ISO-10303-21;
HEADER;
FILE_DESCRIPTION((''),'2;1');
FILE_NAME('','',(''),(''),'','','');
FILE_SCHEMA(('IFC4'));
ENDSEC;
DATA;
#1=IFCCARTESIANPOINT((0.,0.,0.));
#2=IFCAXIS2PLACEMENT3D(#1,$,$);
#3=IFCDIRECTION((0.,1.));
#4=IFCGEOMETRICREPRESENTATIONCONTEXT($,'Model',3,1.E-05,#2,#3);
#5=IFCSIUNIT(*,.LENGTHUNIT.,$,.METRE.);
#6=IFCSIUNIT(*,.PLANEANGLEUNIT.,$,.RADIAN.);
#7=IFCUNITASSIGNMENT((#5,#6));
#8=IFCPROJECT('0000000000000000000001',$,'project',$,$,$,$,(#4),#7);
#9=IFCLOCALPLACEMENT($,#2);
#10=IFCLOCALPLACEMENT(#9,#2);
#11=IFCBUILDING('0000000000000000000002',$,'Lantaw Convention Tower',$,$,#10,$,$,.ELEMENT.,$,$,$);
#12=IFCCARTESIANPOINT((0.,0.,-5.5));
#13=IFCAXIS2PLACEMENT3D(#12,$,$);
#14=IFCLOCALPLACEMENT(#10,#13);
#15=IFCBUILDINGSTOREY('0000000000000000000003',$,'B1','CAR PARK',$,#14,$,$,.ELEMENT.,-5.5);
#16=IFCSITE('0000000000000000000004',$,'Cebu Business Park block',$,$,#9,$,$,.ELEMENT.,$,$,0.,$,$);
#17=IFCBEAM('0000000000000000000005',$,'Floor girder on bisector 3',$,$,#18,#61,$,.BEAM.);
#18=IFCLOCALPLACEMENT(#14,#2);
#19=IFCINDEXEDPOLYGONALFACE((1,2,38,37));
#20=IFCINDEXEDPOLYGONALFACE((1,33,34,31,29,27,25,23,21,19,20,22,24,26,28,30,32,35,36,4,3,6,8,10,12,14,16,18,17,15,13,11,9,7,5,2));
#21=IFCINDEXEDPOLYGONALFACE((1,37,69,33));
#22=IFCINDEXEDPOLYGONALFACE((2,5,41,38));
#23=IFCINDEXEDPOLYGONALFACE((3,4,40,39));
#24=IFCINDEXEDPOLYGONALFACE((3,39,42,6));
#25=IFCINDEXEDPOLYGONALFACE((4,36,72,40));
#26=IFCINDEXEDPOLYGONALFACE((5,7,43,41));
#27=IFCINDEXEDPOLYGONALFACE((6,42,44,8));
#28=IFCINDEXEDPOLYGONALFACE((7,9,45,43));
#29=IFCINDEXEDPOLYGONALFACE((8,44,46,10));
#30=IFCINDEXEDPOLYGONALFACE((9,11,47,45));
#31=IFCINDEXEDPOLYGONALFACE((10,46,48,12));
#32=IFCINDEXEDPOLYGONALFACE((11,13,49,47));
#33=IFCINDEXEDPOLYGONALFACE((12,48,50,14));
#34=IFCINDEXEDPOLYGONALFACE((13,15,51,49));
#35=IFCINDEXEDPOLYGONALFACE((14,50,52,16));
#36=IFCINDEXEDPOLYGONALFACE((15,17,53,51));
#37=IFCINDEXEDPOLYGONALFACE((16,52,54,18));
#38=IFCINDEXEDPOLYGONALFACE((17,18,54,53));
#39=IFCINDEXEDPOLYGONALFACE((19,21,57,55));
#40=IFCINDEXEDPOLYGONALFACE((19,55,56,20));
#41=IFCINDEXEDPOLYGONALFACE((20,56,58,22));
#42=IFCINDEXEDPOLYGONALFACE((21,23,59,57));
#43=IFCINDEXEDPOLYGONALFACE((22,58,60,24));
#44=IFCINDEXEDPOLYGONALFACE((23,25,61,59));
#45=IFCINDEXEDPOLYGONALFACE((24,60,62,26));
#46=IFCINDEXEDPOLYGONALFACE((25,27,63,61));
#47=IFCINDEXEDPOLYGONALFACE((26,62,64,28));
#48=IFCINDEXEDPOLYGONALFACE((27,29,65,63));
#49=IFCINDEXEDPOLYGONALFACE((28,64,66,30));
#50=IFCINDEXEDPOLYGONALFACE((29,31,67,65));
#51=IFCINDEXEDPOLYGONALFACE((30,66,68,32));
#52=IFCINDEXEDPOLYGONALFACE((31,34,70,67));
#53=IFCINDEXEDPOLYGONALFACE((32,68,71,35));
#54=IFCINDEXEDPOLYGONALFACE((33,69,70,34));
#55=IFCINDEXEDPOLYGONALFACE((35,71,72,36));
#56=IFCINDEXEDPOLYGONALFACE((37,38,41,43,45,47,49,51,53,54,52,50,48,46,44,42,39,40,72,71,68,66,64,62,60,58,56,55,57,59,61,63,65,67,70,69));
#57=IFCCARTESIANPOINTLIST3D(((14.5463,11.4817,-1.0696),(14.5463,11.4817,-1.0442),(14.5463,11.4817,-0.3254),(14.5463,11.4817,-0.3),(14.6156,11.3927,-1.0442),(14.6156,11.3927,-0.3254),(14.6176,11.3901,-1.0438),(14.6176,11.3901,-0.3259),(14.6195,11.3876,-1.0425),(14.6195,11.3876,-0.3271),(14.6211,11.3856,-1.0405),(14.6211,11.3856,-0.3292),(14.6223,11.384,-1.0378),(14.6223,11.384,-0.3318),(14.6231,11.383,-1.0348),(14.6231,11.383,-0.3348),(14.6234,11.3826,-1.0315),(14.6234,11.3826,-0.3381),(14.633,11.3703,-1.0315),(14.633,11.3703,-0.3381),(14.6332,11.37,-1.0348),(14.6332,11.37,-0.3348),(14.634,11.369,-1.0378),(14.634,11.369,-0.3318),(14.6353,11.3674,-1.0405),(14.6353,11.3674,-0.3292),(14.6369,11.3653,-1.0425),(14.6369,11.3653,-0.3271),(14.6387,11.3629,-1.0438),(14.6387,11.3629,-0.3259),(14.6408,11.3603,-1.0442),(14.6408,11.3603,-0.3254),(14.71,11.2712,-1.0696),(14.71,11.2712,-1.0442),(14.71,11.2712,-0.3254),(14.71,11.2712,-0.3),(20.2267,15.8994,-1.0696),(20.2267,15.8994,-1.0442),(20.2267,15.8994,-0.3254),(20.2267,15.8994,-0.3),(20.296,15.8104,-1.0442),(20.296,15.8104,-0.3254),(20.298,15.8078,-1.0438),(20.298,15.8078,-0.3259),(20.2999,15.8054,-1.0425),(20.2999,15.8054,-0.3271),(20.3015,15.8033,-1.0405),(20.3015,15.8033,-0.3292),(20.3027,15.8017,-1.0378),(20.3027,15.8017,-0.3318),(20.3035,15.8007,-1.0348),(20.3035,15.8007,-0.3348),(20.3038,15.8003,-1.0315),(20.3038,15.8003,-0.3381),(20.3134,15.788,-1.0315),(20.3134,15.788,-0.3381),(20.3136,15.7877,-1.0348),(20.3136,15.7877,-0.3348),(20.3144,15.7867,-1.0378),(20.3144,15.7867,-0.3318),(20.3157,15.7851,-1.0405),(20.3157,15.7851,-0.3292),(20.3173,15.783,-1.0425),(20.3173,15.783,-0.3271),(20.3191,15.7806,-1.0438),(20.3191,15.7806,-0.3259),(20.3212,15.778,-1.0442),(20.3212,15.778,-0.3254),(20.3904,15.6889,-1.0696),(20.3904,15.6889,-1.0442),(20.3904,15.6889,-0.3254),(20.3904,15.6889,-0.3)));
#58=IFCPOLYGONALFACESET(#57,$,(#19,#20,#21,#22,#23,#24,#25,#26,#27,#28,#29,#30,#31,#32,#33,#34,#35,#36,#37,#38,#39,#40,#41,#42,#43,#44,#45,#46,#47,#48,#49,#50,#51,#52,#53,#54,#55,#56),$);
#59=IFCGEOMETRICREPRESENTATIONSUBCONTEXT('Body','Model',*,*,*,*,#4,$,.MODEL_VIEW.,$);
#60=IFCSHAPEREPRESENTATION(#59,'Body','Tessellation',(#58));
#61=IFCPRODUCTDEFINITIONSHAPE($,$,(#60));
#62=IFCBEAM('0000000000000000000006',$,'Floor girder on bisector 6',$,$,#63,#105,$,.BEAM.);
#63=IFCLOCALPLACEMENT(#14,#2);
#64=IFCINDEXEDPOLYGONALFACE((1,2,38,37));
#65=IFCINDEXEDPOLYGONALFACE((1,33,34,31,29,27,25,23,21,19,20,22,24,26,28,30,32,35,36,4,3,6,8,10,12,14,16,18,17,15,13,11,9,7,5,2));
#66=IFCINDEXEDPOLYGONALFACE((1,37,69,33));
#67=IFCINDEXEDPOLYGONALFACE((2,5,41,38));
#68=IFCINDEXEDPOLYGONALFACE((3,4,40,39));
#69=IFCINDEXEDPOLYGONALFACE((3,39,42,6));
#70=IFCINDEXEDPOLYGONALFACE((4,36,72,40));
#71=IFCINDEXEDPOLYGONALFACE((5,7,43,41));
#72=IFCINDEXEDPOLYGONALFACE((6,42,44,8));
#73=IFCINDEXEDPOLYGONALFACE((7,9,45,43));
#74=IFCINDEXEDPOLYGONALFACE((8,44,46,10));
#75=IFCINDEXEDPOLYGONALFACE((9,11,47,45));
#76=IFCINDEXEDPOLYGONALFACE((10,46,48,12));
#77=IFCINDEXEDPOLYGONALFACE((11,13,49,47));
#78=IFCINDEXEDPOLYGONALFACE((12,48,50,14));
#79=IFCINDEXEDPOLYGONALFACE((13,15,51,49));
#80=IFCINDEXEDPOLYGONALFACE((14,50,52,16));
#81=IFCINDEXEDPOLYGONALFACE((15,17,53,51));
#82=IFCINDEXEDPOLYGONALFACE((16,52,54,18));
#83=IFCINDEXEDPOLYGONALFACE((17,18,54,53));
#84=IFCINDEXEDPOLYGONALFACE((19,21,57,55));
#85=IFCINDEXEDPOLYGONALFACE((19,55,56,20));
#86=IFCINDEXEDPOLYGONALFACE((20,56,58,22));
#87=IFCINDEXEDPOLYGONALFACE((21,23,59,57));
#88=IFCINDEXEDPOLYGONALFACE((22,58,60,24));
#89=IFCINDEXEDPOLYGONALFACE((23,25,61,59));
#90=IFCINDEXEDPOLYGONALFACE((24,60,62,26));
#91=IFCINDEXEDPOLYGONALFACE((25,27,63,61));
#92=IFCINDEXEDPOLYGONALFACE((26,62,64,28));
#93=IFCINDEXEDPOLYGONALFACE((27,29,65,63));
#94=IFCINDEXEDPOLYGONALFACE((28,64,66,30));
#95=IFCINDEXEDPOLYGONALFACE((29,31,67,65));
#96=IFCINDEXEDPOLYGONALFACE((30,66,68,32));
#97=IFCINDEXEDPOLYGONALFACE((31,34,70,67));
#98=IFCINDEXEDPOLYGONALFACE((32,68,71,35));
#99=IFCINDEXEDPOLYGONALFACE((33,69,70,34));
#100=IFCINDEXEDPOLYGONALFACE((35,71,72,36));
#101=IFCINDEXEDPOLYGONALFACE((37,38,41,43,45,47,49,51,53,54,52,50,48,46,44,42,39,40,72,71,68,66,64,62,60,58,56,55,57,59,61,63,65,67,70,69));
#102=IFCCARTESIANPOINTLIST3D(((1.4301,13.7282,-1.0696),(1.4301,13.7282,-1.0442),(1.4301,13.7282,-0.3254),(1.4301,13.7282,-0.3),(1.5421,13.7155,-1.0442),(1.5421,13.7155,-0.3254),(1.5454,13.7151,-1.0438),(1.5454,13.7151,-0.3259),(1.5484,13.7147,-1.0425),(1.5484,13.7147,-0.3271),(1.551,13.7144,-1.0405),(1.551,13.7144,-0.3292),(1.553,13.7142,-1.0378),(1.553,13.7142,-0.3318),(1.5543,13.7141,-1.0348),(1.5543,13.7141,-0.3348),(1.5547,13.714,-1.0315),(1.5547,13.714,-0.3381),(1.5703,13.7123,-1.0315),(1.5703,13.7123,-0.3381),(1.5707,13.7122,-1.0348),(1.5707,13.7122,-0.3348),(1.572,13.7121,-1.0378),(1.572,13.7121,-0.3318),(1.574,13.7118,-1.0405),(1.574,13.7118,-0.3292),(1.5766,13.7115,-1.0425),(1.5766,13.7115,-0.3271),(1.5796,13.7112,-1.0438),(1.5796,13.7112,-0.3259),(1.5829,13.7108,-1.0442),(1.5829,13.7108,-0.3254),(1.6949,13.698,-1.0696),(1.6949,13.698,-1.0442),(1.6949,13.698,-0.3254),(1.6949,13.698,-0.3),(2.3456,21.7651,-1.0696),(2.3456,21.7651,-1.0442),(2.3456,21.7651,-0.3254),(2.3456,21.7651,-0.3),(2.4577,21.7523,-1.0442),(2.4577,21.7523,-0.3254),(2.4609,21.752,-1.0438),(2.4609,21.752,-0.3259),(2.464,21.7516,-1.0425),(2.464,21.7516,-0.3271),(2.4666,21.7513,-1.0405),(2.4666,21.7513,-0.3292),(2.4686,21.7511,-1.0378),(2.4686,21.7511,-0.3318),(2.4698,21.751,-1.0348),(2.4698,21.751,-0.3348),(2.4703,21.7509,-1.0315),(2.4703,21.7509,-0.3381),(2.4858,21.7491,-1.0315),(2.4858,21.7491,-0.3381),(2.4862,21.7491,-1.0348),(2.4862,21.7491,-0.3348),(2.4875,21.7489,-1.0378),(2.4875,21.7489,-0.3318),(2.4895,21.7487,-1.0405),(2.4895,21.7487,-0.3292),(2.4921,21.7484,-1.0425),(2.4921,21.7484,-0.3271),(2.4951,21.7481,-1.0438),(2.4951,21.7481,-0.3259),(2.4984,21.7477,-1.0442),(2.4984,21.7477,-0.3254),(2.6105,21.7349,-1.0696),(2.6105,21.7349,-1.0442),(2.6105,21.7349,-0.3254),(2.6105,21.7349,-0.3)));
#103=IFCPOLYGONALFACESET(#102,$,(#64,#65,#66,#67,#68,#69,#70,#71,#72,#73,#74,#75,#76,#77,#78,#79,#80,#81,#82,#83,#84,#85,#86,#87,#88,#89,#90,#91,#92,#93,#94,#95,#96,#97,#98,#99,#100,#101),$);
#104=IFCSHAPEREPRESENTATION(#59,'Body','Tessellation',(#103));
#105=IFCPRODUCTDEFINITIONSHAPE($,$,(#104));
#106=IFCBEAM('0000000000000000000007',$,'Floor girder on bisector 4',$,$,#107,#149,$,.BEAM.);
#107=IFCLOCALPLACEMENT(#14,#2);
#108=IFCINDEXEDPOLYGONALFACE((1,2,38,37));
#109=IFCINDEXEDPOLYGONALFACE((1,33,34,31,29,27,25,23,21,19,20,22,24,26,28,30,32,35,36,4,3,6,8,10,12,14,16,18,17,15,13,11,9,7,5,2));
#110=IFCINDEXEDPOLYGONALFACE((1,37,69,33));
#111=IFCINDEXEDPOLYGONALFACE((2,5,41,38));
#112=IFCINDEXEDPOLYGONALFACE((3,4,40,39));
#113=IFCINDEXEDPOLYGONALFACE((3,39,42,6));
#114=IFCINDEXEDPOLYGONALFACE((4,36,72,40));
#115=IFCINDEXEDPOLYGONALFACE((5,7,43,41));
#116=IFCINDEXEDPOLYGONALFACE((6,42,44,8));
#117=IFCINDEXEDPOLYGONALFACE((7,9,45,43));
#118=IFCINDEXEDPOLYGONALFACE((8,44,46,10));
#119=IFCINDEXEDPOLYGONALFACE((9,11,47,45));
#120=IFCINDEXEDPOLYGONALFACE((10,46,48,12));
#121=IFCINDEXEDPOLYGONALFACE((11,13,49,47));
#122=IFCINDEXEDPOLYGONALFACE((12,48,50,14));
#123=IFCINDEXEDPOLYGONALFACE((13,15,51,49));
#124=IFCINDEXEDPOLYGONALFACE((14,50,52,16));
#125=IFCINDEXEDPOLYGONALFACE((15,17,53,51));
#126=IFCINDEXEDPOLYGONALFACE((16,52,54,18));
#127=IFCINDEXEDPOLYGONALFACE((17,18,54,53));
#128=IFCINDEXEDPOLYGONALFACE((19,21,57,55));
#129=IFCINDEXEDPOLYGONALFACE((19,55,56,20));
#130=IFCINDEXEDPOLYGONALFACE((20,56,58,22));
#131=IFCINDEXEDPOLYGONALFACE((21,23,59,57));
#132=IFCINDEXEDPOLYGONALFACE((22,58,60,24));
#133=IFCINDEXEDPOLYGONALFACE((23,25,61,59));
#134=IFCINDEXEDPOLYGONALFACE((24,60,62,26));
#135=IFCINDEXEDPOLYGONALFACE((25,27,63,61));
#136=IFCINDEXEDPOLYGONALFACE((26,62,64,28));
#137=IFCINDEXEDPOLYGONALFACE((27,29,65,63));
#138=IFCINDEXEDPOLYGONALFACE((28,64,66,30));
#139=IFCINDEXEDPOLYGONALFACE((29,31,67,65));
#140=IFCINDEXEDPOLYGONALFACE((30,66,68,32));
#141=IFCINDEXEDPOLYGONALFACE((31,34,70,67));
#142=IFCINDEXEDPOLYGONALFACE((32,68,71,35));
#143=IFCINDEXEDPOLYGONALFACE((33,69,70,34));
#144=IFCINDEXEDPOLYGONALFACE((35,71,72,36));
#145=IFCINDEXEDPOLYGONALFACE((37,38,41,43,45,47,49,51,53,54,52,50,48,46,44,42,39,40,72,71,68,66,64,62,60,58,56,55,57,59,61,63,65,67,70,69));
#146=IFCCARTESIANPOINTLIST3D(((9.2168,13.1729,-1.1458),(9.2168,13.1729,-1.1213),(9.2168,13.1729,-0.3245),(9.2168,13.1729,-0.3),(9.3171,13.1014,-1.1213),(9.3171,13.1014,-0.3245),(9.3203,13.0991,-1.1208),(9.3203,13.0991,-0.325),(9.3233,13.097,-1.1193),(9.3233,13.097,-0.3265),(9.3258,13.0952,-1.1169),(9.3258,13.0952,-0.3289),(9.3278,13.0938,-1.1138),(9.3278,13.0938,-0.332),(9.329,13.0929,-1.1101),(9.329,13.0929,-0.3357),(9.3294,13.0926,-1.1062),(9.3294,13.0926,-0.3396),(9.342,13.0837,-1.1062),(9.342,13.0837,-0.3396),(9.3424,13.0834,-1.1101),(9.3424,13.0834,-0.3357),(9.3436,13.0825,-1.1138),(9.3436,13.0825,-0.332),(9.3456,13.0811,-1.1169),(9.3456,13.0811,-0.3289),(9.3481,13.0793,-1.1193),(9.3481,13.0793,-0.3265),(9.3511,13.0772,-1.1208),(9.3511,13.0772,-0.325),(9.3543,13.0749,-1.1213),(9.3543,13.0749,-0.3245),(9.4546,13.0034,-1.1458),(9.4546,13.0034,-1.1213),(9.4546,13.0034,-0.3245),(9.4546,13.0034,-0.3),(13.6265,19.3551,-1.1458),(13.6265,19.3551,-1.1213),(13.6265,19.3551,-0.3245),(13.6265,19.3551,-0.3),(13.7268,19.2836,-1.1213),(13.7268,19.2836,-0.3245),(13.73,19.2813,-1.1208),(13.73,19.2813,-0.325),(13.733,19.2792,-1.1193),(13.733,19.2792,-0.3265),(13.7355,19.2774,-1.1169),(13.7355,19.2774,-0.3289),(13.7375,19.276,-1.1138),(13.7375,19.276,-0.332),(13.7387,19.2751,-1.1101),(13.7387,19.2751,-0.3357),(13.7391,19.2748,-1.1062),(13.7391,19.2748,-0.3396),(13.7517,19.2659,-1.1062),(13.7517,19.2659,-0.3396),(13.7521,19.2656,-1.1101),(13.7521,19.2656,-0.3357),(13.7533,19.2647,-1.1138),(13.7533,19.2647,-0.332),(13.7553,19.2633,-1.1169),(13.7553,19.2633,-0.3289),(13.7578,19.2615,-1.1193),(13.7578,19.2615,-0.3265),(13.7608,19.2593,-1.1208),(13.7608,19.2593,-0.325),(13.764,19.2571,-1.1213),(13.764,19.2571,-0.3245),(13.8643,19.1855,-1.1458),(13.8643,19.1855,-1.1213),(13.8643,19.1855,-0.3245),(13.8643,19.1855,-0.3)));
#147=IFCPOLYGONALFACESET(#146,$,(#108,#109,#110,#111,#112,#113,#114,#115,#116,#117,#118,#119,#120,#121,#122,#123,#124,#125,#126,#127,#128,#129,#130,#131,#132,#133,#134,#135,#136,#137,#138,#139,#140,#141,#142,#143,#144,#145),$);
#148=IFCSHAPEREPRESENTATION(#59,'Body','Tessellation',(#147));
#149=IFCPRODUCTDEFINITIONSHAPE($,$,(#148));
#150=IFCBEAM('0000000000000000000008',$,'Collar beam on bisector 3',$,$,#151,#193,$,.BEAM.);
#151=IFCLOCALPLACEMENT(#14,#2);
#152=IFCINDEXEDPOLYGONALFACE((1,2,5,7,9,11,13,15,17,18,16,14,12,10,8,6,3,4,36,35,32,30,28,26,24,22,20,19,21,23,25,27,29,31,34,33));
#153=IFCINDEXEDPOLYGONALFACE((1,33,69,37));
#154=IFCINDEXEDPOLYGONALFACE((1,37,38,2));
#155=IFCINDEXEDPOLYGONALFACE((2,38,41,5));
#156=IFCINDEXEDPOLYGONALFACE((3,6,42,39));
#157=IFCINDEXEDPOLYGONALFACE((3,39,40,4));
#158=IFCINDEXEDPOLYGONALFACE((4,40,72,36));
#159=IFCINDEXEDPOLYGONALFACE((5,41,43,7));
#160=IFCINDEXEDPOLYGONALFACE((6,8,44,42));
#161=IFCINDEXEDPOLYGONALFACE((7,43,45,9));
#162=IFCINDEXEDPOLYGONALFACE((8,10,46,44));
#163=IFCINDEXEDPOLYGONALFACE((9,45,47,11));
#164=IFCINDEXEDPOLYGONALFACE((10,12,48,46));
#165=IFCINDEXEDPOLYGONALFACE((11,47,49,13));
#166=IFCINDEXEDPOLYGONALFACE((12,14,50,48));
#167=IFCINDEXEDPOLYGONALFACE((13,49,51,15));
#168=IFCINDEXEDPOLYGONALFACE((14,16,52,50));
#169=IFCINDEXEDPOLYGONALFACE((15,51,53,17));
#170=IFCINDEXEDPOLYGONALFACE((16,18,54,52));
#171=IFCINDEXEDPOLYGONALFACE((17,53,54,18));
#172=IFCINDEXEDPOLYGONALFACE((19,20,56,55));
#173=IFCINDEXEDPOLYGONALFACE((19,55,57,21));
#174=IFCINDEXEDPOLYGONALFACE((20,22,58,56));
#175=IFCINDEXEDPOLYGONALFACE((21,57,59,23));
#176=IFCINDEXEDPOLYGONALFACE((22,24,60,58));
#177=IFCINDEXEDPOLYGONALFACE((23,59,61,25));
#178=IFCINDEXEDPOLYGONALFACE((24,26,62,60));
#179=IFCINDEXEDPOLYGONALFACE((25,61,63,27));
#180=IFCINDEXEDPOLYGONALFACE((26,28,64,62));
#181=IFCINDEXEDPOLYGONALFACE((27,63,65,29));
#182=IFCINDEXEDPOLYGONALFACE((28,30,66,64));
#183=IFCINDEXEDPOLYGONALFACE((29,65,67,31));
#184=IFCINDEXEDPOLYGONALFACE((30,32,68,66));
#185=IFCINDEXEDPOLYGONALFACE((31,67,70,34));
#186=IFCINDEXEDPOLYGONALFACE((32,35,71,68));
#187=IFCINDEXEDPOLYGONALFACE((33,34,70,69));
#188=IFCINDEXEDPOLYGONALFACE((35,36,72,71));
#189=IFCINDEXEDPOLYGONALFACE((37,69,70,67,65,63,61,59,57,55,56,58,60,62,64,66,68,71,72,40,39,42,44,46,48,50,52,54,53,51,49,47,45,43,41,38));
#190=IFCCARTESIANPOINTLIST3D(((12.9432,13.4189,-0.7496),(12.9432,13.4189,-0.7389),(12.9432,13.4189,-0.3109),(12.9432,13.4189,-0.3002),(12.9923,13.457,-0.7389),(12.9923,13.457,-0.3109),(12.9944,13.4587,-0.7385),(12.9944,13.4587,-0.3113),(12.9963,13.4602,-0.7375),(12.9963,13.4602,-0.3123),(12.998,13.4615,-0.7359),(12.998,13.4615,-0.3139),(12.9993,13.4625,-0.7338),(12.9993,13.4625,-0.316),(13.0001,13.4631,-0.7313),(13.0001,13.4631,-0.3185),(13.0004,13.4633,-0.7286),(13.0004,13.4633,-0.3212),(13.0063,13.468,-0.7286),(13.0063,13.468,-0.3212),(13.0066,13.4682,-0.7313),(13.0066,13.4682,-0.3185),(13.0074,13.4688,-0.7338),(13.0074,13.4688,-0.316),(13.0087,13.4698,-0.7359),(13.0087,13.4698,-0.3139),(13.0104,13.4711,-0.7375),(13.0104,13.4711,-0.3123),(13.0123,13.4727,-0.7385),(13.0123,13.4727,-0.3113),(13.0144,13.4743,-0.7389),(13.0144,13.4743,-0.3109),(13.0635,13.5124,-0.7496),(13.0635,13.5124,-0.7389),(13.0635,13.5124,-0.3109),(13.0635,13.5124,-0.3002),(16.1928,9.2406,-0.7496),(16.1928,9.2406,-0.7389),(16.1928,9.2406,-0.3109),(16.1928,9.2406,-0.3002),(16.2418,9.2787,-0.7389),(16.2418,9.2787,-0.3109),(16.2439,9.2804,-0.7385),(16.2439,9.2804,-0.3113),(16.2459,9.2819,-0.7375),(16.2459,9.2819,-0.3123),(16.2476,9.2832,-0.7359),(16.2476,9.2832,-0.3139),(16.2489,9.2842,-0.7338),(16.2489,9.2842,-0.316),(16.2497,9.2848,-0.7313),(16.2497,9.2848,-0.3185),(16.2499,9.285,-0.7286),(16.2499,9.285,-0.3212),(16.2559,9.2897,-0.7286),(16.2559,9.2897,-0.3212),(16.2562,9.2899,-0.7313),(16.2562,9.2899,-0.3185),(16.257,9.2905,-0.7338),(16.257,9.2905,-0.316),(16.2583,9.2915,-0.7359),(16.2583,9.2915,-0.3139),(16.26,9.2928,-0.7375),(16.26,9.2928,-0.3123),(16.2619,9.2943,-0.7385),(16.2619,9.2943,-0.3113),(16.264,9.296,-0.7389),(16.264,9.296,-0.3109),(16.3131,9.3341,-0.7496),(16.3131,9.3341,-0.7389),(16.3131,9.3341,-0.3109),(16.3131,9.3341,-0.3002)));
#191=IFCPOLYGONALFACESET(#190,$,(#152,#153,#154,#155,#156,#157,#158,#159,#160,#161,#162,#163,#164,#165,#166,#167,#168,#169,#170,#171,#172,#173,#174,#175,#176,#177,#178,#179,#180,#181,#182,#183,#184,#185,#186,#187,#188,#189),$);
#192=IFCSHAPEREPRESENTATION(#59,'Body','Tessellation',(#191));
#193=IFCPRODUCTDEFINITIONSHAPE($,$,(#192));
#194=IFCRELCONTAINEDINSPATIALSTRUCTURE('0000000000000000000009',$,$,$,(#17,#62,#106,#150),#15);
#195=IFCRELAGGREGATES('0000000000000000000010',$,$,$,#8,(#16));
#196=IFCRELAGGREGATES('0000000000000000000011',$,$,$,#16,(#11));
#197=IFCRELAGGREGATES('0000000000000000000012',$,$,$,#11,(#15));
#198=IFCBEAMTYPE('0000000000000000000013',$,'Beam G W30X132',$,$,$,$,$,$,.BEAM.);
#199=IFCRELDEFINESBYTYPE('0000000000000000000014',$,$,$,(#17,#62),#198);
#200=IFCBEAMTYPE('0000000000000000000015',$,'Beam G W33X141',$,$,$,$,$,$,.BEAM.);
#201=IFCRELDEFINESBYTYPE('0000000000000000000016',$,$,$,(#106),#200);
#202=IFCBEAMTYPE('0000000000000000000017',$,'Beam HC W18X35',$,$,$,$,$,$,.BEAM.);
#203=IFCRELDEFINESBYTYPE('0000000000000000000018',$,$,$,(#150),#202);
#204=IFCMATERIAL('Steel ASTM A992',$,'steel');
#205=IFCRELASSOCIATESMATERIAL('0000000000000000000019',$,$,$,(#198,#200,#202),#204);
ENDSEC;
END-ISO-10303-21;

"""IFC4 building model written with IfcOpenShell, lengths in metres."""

from ifc_helpers import new_model, si_unit, direction, frame, origin, origin_2d, place, context, subcontext, project, spatial, i_section, extrude, material, material_profile, profile_set, type_object, element, save


model = new_model("IFC4")

# Units and contexts
model_context = context("Model", 3, precision=1e-05, world=origin(), true_north=direction((0.0, 1.0)))
body_context = subcontext(model_context, "Body", "Model", "MODEL_VIEW")
ifc_project = project(units=[si_unit("LENGTHUNIT", "METRE"), si_unit("PLANEANGLEUNIT", "RADIAN")], contexts=[model_context])

# Site, building, storey
site_placement = place(None, origin())
site = spatial("IfcSite", under=ifc_project, at=site_placement, Name="Cebu Business Park block", CompositionType="ELEMENT", RefElevation=0.0)
building_placement = place(site_placement, origin())
building = spatial("IfcBuilding", under=site, at=building_placement, Name="Lantaw Convention Tower", CompositionType="ELEMENT")
storey_placement = place(building_placement, frame((0.0, 0.0, -5.5)))
storey = spatial("IfcBuildingStorey", under=building, at=storey_placement, Name="B1", Description="CAR PARK", CompositionType="ELEMENT", Elevation=-5.5)

# Beams
ifc_material_1 = material(Name="Steel ASTM A992", Category="steel")
ifc_material_profile_1 = material_profile(ifc_material_1, i_section(OverallWidth=0.2666, OverallDepth=0.7695, WebThickness=0.0156, FlangeThickness=0.0254, FilletRadius=0.0127, at=origin_2d()), Name="W30X132")
ifc_profile_set_1 = profile_set([ifc_material_profile_1], Name="Steel ASTM A992")
beam_type_1 = type_object("IfcBeamType", Name="Beam G W30X132", PredefinedType="BEAM", material=ifc_profile_set_1)
beam_1_placement = place(storey_placement, frame((14.6282, 11.3765, -0.6848), z_axis=(0.789378, 0.613908, 0.0), x_axis=(-0.613908, 0.789378, 0.0)))
element("IfcBeam", 1, at=beam_1_placement, inside=storey, type_object=beam_type_1, Name="Floor girder on bisector 3", PredefinedType="BEAM", context=body_context, shape_type="SweptSolid", body=[
    extrude(i_section(OverallWidth=0.2666, OverallDepth=0.7695, WebThickness=0.0156, FlangeThickness=0.0254, FilletRadius=0.0127, at=origin_2d()), origin(), (0.0, 0.0, 1.0), 7.196),
])
beam_2_placement = place(storey_placement, frame((1.5625, 13.7131, -0.6848), z_axis=(0.113184, 0.993574, 0.0), x_axis=(-0.993574, 0.113184, 0.0)))
element("IfcBeam", 2, at=beam_2_placement, inside=storey, type_object=beam_type_1, Name="Floor girder on bisector 6", PredefinedType="BEAM", context=body_context, shape_type="SweptSolid", body=[
    extrude(i_section(OverallWidth=0.2666, OverallDepth=0.7695, WebThickness=0.0156, FlangeThickness=0.0254, FilletRadius=0.0127, at=origin_2d()), origin(), (0.0, 0.0, 1.0), 8.0889),
])
ifc_material_profile_2 = material_profile(ifc_material_1, i_section(OverallWidth=0.292, OverallDepth=0.8457, WebThickness=0.0154, FlangeThickness=0.0244, FilletRadius=0.0151, at=origin_2d()), Name="W33X141")
ifc_profile_set_2 = profile_set([ifc_material_profile_2], Name="Steel ASTM A992")
beam_type_2 = type_object("IfcBeamType", Name="Beam G W33X141", PredefinedType="BEAM", material=ifc_profile_set_2)
beam_3_placement = place(storey_placement, frame((9.3357, 13.0881, -0.7229), z_axis=(0.580703, 0.814116, 0.0), x_axis=(-0.814116, 0.580703, 0.0)))
element("IfcBeam", 3, at=beam_3_placement, inside=storey, type_object=beam_type_2, Name="Floor girder on bisector 4", PredefinedType="BEAM", context=body_context, shape_type="SweptSolid", body=[
    extrude(i_section(OverallWidth=0.292, OverallDepth=0.8457, WebThickness=0.0154, FlangeThickness=0.0244, FilletRadius=0.0151, at=origin_2d()), origin(), (0.0, 0.0, 1.0), 7.5938),
])
ifc_material_profile_3 = material_profile(ifc_material_1, i_section(OverallWidth=0.1523, OverallDepth=0.4495, WebThickness=0.0076, FlangeThickness=0.0107, FilletRadius=0.0103, at=origin_2d()), Name="W18X35")
ifc_profile_set_3 = profile_set([ifc_material_profile_3], Name="Steel ASTM A992")
beam_type_3 = type_object("IfcBeamType", Name="Beam HC W18X35", PredefinedType="BEAM", material=ifc_profile_set_3)
beam_4_placement = place(storey_placement, frame((16.2529, 9.2874, -0.5249), z_axis=(-0.613915, 0.789372, 0.0), x_axis=(-0.789372, -0.613915, 0.0)))
element("IfcBeam", 4, at=beam_4_placement, inside=storey, type_object=beam_type_3, Name="Collar beam on bisector 3", PredefinedType="BEAM", context=body_context, shape_type="SweptSolid", body=[
    extrude(i_section(OverallWidth=0.1523, OverallDepth=0.4495, WebThickness=0.0076, FlangeThickness=0.0107, FilletRadius=0.0103, at=origin_2d()), origin(), (0.0, 0.0, 1.0), 5.2932),
])

save(model, "model.ifc")
